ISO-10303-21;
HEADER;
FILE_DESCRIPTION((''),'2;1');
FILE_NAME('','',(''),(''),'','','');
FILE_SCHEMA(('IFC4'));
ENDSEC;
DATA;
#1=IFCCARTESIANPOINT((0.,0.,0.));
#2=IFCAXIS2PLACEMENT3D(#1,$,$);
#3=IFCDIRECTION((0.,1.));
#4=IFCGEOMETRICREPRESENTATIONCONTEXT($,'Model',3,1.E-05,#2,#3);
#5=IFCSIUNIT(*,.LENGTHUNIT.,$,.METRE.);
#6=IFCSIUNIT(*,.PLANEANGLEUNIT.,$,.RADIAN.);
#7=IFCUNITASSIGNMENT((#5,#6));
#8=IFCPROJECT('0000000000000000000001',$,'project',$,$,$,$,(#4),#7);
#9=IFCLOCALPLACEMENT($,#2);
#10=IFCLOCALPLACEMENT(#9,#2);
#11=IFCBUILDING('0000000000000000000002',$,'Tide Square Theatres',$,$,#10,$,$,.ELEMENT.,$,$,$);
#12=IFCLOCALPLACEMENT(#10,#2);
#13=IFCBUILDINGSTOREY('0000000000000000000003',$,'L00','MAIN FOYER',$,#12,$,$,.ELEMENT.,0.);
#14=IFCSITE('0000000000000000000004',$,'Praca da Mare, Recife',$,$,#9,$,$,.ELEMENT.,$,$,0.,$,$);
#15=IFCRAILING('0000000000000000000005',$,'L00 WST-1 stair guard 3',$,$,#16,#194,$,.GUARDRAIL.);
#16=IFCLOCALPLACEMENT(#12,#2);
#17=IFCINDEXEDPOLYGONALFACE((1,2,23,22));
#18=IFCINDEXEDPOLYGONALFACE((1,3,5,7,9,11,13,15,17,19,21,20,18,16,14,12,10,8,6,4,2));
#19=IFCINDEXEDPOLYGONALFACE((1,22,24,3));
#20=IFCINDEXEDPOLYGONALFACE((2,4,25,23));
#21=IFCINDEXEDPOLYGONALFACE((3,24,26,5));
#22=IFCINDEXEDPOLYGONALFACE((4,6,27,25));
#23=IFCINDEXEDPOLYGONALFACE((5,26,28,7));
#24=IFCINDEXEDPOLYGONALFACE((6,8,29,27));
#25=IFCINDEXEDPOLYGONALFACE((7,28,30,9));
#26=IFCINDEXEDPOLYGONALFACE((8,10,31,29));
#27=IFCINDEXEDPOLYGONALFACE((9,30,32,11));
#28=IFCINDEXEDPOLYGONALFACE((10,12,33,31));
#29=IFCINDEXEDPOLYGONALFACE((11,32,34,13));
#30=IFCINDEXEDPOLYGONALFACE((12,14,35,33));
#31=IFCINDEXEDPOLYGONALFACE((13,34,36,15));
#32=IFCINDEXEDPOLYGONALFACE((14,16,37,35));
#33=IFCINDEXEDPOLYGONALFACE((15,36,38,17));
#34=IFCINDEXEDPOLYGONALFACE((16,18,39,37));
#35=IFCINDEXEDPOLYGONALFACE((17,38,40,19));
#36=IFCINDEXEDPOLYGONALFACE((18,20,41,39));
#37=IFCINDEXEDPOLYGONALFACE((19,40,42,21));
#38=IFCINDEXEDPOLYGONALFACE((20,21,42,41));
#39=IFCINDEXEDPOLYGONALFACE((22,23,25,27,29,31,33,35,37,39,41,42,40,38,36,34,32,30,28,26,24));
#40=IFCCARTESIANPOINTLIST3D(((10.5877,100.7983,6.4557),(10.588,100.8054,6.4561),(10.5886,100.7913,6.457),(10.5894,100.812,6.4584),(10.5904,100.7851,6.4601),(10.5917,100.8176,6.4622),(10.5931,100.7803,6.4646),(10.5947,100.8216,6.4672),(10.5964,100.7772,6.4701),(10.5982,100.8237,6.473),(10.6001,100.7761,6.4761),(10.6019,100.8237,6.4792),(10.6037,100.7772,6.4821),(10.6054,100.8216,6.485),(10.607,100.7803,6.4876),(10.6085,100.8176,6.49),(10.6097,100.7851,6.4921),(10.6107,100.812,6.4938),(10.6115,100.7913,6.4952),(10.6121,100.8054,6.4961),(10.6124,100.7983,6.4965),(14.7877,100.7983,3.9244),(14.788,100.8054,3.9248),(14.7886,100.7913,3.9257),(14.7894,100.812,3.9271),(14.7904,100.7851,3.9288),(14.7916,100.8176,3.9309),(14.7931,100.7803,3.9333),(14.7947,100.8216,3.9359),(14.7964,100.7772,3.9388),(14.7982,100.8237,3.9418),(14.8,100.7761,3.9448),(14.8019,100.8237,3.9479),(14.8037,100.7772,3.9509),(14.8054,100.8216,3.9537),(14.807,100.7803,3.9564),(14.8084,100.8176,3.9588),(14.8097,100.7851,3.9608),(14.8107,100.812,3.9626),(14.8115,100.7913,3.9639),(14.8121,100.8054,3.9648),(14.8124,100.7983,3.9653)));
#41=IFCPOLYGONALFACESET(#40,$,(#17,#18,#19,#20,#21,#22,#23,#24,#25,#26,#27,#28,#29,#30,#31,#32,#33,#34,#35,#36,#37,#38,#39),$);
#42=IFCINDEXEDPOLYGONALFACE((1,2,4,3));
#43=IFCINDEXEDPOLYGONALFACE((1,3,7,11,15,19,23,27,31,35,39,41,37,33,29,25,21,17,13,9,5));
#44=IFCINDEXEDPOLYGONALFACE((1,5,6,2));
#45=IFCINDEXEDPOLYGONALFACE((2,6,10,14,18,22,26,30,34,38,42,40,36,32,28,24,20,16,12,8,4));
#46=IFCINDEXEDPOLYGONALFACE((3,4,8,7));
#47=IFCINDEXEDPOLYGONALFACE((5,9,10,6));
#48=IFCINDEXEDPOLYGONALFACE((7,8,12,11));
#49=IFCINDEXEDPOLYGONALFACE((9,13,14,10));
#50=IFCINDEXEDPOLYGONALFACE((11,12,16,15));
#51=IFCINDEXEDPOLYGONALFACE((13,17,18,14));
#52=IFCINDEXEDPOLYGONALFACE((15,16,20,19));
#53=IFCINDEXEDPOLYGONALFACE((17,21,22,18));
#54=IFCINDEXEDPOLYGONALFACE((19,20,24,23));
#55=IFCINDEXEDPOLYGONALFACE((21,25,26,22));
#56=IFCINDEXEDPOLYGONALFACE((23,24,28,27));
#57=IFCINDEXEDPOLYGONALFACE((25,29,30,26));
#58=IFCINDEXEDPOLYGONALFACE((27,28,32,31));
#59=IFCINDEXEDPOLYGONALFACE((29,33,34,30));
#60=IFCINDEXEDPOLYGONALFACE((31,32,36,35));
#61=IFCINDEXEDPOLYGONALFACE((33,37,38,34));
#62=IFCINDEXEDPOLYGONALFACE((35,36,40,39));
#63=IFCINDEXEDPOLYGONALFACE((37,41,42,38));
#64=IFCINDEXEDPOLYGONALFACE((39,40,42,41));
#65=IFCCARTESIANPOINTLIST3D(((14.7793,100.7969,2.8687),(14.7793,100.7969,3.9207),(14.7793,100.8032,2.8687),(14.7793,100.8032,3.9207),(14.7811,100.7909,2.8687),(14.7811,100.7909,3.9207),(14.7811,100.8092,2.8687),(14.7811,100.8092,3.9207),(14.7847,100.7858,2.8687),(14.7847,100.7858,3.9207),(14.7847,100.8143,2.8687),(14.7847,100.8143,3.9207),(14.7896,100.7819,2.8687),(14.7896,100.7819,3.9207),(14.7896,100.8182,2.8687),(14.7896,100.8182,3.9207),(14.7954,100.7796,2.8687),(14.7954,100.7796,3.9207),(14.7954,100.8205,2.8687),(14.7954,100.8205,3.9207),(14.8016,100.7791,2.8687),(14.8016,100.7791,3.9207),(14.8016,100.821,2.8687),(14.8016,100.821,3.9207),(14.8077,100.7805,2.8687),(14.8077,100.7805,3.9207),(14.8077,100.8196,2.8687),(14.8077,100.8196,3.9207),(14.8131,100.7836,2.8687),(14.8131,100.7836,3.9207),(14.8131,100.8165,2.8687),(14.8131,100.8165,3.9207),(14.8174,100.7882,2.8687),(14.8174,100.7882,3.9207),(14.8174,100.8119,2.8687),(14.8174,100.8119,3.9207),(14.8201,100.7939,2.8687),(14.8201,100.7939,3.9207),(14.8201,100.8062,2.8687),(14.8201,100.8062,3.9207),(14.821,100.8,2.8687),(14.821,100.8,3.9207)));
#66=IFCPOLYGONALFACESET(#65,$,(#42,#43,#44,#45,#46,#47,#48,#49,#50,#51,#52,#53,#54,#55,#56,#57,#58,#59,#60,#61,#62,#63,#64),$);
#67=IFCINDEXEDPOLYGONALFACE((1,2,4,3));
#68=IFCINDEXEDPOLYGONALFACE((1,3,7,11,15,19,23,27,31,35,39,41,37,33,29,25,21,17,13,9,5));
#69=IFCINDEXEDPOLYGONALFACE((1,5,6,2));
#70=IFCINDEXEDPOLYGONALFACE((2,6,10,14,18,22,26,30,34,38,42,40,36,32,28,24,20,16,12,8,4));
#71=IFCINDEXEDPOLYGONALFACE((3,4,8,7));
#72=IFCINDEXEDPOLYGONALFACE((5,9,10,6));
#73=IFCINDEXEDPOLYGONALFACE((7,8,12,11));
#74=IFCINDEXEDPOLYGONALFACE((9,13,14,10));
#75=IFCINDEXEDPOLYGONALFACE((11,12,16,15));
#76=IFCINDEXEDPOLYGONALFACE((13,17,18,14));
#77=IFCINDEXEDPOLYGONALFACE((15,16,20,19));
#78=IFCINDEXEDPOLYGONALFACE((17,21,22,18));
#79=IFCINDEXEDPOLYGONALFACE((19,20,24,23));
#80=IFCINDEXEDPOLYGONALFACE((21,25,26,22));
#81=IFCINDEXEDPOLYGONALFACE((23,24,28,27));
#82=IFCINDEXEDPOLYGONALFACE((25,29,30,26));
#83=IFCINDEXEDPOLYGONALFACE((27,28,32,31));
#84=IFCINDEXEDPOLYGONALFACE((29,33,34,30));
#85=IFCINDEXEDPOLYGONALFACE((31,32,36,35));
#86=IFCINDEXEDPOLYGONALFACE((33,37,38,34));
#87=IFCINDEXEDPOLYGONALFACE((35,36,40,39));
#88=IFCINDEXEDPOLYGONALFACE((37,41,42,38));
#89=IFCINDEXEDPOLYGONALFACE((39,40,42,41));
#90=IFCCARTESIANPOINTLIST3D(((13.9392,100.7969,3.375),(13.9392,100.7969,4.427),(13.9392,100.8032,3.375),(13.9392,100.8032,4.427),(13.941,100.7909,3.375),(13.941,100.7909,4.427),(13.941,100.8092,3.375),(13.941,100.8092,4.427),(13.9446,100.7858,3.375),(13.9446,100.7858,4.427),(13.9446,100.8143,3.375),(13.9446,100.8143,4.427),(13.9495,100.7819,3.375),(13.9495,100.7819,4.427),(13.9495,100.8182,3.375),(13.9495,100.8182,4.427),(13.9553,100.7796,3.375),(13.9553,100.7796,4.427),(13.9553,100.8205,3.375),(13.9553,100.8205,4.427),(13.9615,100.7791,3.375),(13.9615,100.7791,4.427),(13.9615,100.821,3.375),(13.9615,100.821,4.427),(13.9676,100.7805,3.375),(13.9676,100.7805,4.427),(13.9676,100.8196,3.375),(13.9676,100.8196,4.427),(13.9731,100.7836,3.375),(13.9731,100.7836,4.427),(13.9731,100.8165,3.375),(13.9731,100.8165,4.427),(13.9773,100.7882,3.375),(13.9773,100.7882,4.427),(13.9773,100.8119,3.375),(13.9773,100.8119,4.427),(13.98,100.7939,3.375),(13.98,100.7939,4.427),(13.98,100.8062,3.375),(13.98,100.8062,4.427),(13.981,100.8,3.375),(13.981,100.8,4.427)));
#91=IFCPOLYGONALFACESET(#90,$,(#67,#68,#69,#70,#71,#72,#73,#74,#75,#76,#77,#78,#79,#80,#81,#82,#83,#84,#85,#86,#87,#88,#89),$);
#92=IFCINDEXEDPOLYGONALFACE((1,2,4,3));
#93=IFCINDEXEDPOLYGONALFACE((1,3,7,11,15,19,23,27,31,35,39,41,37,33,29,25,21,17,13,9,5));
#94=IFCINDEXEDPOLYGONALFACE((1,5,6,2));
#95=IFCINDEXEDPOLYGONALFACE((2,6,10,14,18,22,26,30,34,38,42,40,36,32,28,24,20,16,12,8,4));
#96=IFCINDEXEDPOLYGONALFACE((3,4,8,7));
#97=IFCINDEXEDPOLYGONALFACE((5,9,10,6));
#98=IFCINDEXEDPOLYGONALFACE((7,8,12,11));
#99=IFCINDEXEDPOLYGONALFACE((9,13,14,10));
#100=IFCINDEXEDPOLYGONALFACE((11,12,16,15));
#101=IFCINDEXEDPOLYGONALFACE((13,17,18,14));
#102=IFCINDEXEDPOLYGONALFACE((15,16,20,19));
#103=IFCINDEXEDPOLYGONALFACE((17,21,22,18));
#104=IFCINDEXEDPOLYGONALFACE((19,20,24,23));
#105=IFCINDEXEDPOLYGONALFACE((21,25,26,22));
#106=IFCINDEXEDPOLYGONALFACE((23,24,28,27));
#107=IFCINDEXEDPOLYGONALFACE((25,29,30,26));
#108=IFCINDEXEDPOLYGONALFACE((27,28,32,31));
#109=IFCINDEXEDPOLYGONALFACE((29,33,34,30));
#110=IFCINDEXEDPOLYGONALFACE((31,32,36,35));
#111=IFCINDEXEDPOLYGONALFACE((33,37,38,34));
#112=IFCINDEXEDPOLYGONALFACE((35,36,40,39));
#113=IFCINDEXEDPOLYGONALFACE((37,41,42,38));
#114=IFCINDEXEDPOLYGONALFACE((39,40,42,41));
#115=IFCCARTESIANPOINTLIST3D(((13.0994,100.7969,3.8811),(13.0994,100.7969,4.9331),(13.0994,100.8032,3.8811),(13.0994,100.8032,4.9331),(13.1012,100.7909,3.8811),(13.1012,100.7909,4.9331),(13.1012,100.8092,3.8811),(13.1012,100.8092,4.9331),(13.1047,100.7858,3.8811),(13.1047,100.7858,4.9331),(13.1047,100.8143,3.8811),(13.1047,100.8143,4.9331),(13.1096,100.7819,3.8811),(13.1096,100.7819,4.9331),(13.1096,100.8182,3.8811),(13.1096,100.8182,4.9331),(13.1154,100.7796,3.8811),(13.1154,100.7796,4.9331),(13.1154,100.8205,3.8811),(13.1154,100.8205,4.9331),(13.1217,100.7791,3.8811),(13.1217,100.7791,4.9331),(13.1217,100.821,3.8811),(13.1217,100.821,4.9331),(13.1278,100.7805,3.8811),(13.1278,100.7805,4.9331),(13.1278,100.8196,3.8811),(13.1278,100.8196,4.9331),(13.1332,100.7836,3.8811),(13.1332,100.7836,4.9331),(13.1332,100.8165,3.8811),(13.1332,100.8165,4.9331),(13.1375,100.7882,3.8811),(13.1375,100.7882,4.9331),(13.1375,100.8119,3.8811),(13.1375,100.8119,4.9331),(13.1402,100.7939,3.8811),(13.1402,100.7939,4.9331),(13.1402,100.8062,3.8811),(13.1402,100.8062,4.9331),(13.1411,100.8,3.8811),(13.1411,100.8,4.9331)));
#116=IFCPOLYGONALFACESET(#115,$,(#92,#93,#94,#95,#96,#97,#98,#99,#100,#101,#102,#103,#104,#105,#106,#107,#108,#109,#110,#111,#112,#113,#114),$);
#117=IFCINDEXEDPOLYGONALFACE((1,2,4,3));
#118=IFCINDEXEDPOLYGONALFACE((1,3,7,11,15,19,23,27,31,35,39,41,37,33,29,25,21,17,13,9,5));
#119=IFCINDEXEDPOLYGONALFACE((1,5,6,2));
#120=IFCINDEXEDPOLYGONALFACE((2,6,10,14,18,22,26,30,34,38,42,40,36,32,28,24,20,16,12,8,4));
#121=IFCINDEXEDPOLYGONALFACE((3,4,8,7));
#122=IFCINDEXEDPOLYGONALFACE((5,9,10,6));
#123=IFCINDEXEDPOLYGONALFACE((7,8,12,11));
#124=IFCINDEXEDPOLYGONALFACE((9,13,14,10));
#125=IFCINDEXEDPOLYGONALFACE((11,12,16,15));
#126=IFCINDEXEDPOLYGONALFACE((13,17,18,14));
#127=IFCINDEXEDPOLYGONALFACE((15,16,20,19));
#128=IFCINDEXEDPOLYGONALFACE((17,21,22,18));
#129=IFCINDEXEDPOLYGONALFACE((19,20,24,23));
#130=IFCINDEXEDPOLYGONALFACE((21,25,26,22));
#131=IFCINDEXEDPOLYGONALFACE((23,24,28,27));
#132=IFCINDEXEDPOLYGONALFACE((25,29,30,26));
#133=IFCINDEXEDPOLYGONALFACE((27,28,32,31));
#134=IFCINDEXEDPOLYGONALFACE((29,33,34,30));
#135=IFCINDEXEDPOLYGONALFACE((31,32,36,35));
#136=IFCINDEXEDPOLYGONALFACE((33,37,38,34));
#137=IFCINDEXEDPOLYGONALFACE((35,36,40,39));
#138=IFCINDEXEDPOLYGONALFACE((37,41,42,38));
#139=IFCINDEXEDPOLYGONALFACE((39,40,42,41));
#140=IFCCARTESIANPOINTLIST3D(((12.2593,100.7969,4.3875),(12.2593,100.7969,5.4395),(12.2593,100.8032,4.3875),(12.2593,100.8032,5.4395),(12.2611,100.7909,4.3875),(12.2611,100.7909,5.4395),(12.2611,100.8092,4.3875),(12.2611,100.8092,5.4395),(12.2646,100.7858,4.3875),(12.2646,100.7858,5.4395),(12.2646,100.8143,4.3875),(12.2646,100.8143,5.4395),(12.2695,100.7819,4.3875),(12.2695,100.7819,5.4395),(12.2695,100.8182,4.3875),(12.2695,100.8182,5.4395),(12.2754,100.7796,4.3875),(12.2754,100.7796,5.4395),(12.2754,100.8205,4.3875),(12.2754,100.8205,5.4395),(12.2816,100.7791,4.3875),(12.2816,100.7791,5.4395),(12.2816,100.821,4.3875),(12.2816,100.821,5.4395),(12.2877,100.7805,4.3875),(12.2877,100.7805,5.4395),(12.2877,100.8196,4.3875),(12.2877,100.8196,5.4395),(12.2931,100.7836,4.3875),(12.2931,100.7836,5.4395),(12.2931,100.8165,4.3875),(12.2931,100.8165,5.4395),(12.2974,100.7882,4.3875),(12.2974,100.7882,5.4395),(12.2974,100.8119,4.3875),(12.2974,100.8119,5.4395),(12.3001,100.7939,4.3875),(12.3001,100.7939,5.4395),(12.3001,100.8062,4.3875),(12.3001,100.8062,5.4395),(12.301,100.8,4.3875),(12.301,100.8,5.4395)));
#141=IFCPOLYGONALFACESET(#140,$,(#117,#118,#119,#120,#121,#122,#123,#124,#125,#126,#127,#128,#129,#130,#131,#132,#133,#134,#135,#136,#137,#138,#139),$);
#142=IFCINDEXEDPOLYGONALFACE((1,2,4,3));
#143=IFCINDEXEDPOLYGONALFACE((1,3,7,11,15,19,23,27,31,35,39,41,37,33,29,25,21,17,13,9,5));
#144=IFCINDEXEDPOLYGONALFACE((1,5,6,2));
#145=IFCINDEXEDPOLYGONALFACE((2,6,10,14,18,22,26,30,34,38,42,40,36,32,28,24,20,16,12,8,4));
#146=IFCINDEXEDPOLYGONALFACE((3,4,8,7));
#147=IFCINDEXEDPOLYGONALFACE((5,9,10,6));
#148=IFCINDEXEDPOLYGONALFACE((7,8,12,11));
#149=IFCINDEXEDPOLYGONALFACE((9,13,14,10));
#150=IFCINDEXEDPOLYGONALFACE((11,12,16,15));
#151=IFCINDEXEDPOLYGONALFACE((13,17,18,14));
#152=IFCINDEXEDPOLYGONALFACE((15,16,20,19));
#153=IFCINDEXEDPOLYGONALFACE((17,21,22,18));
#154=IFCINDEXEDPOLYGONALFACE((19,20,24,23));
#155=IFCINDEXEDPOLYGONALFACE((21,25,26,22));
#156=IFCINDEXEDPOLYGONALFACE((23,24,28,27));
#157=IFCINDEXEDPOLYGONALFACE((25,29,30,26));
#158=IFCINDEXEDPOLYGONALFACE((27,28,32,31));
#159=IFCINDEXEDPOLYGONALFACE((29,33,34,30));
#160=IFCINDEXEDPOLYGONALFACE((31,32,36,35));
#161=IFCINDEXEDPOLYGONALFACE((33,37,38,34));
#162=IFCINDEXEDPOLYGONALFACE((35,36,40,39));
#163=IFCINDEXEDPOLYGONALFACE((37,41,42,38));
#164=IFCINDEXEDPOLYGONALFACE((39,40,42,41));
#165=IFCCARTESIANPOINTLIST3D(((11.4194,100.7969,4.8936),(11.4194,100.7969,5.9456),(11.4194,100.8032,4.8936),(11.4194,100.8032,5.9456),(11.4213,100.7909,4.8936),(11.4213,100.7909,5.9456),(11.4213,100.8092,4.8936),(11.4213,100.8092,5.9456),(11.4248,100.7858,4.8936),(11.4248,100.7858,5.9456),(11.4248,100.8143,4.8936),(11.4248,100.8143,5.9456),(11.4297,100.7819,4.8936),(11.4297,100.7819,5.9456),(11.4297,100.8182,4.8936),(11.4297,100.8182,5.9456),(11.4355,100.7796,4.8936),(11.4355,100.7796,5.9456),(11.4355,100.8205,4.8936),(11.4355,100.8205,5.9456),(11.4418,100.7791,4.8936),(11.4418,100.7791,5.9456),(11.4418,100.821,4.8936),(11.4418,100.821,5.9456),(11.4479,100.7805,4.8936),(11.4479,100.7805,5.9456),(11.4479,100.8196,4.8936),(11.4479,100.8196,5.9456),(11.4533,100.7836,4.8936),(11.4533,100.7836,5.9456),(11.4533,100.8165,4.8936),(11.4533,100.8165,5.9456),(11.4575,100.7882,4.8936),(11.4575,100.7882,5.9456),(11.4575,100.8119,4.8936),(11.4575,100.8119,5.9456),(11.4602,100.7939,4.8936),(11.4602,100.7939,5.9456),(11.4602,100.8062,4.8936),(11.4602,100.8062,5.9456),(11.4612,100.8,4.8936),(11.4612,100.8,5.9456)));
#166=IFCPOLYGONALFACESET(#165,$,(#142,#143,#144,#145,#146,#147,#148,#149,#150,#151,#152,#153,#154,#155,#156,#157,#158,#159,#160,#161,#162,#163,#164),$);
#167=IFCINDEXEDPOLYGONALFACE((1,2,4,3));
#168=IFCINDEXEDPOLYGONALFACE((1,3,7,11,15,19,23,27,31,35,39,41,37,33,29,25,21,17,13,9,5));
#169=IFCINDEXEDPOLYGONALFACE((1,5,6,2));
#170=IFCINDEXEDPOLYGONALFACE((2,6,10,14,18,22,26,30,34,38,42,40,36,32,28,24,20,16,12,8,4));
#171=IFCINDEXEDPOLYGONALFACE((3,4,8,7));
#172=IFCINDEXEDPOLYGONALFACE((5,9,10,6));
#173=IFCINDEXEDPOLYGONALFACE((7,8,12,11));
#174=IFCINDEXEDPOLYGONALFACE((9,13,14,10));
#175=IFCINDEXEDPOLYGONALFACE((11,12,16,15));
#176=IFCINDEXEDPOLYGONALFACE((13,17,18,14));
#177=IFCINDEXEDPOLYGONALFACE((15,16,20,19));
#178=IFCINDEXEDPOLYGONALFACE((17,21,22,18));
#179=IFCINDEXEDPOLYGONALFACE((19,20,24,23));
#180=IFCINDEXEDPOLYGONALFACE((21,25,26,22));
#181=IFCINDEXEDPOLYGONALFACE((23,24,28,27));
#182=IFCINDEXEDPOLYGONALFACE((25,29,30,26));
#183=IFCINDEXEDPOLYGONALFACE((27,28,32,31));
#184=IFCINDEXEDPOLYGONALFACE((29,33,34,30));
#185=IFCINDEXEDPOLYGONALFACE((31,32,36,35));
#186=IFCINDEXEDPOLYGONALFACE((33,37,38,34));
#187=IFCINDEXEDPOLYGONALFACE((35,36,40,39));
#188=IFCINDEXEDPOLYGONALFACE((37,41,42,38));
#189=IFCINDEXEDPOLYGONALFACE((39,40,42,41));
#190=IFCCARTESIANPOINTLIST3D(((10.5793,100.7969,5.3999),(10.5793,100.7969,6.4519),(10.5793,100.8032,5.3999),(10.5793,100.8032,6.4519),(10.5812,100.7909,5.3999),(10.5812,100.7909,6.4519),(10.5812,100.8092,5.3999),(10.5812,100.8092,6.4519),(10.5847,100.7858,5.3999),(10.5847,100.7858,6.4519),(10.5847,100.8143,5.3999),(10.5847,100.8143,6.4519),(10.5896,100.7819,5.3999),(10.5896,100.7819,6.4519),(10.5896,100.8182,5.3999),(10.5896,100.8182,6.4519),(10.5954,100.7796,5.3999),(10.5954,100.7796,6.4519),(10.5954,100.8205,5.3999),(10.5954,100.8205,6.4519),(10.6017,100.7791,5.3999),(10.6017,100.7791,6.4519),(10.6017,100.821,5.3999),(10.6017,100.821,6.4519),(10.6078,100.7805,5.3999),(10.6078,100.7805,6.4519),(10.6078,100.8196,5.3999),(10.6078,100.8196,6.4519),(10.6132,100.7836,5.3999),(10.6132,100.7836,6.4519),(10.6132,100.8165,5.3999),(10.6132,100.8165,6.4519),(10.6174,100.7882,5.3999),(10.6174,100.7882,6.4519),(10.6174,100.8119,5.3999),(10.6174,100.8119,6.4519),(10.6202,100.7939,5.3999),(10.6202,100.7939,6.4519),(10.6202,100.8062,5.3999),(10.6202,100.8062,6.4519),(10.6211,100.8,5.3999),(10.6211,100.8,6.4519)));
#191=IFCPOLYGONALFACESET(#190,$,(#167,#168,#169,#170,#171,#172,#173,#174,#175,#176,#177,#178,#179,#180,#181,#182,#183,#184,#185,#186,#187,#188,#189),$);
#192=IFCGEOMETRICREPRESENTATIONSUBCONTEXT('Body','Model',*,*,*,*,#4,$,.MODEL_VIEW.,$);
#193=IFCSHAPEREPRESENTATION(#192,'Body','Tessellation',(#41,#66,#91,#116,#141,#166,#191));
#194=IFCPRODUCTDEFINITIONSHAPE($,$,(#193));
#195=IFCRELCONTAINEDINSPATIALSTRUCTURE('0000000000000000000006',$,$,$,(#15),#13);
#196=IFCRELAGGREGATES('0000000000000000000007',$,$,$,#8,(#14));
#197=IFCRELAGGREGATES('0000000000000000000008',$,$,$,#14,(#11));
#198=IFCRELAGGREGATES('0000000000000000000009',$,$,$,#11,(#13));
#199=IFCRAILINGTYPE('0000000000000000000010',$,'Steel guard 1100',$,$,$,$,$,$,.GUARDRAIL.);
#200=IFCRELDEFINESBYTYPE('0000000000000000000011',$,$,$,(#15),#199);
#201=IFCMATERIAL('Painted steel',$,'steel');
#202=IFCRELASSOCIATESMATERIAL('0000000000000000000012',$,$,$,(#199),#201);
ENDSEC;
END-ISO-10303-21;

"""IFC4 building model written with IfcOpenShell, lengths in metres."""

from ifc_helpers import new_model, si_unit, direction, frame, origin, origin_2d, place, context, subcontext, project, spatial, circle, extrude, material, type_object, element, save


model = new_model("IFC4")

# Units and contexts
model_context = context("Model", 3, precision=1e-05, world=origin(), true_north=direction((0.0, 1.0)))
body_context = subcontext(model_context, "Body", "Model", "MODEL_VIEW")
ifc_project = project(units=[si_unit("LENGTHUNIT", "METRE"), si_unit("PLANEANGLEUNIT", "RADIAN")], contexts=[model_context])

# Site, building, storey
site_placement = place(None, origin())
site = spatial("IfcSite", under=ifc_project, at=site_placement, Name="Praca da Mare, Recife", CompositionType="ELEMENT", RefElevation=0.0)
building_placement = place(site_placement, origin())
building = spatial("IfcBuilding", under=site, at=building_placement, Name="Tide Square Theatres", CompositionType="ELEMENT")
storey_placement = place(building_placement, origin())
storey = spatial("IfcBuildingStorey", under=building, at=storey_placement, Name="L00", Description="MAIN FOYER", CompositionType="ELEMENT", Elevation=0.0)

# Railing
ifc_material_1 = material(Name="Painted steel", Category="steel")
railing_type_1 = type_object("IfcRailingType", Name="Steel guard 1100", PredefinedType="GUARDRAIL", material=ifc_material_1)
railing_1_placement = place(storey_placement, frame((14.8, 100.8, 2.8687)))
element("IfcRailing", 1, at=railing_1_placement, inside=storey, type_object=railing_type_1, Name="L00 WST-1 stair guard 3", PredefinedType="GUARDRAIL", context=body_context, shape_type="SweptSolid", body=[
    extrude(circle(Radius=0.0239, at=origin_2d()), frame((0.0, 0.0, 1.0762), z_axis=(-0.856476, 0.0, 0.516186), x_axis=(0.0, -1.0, 0.0)), (0.0, 0.0, 1.0), 4.9038),
    extrude(circle(Radius=0.021, at=origin_2d()), origin(), (0.0, 0.0, 1.0), 1.052),
    extrude(circle(Radius=0.021, at=origin_2d()), frame((-0.8401, 0.0, 0.5063)), (0.0, 0.0, 1.0), 1.052),
    extrude(circle(Radius=0.021, at=origin_2d()), frame((-1.6799, 0.0, 1.0125)), (0.0, 0.0, 1.0), 1.052),
    extrude(circle(Radius=0.021, at=origin_2d()), frame((-2.52, 0.0, 1.5188)), (0.0, 0.0, 1.0), 1.052),
    extrude(circle(Radius=0.021, at=origin_2d()), frame((-3.3599, 0.0, 2.0249)), (0.0, 0.0, 1.0), 1.052),
    extrude(circle(Radius=0.021, at=origin_2d()), frame((-4.2, 0.0, 2.5312)), (0.0, 0.0, 1.0), 1.052),
])

save(model, "model.ifc")
